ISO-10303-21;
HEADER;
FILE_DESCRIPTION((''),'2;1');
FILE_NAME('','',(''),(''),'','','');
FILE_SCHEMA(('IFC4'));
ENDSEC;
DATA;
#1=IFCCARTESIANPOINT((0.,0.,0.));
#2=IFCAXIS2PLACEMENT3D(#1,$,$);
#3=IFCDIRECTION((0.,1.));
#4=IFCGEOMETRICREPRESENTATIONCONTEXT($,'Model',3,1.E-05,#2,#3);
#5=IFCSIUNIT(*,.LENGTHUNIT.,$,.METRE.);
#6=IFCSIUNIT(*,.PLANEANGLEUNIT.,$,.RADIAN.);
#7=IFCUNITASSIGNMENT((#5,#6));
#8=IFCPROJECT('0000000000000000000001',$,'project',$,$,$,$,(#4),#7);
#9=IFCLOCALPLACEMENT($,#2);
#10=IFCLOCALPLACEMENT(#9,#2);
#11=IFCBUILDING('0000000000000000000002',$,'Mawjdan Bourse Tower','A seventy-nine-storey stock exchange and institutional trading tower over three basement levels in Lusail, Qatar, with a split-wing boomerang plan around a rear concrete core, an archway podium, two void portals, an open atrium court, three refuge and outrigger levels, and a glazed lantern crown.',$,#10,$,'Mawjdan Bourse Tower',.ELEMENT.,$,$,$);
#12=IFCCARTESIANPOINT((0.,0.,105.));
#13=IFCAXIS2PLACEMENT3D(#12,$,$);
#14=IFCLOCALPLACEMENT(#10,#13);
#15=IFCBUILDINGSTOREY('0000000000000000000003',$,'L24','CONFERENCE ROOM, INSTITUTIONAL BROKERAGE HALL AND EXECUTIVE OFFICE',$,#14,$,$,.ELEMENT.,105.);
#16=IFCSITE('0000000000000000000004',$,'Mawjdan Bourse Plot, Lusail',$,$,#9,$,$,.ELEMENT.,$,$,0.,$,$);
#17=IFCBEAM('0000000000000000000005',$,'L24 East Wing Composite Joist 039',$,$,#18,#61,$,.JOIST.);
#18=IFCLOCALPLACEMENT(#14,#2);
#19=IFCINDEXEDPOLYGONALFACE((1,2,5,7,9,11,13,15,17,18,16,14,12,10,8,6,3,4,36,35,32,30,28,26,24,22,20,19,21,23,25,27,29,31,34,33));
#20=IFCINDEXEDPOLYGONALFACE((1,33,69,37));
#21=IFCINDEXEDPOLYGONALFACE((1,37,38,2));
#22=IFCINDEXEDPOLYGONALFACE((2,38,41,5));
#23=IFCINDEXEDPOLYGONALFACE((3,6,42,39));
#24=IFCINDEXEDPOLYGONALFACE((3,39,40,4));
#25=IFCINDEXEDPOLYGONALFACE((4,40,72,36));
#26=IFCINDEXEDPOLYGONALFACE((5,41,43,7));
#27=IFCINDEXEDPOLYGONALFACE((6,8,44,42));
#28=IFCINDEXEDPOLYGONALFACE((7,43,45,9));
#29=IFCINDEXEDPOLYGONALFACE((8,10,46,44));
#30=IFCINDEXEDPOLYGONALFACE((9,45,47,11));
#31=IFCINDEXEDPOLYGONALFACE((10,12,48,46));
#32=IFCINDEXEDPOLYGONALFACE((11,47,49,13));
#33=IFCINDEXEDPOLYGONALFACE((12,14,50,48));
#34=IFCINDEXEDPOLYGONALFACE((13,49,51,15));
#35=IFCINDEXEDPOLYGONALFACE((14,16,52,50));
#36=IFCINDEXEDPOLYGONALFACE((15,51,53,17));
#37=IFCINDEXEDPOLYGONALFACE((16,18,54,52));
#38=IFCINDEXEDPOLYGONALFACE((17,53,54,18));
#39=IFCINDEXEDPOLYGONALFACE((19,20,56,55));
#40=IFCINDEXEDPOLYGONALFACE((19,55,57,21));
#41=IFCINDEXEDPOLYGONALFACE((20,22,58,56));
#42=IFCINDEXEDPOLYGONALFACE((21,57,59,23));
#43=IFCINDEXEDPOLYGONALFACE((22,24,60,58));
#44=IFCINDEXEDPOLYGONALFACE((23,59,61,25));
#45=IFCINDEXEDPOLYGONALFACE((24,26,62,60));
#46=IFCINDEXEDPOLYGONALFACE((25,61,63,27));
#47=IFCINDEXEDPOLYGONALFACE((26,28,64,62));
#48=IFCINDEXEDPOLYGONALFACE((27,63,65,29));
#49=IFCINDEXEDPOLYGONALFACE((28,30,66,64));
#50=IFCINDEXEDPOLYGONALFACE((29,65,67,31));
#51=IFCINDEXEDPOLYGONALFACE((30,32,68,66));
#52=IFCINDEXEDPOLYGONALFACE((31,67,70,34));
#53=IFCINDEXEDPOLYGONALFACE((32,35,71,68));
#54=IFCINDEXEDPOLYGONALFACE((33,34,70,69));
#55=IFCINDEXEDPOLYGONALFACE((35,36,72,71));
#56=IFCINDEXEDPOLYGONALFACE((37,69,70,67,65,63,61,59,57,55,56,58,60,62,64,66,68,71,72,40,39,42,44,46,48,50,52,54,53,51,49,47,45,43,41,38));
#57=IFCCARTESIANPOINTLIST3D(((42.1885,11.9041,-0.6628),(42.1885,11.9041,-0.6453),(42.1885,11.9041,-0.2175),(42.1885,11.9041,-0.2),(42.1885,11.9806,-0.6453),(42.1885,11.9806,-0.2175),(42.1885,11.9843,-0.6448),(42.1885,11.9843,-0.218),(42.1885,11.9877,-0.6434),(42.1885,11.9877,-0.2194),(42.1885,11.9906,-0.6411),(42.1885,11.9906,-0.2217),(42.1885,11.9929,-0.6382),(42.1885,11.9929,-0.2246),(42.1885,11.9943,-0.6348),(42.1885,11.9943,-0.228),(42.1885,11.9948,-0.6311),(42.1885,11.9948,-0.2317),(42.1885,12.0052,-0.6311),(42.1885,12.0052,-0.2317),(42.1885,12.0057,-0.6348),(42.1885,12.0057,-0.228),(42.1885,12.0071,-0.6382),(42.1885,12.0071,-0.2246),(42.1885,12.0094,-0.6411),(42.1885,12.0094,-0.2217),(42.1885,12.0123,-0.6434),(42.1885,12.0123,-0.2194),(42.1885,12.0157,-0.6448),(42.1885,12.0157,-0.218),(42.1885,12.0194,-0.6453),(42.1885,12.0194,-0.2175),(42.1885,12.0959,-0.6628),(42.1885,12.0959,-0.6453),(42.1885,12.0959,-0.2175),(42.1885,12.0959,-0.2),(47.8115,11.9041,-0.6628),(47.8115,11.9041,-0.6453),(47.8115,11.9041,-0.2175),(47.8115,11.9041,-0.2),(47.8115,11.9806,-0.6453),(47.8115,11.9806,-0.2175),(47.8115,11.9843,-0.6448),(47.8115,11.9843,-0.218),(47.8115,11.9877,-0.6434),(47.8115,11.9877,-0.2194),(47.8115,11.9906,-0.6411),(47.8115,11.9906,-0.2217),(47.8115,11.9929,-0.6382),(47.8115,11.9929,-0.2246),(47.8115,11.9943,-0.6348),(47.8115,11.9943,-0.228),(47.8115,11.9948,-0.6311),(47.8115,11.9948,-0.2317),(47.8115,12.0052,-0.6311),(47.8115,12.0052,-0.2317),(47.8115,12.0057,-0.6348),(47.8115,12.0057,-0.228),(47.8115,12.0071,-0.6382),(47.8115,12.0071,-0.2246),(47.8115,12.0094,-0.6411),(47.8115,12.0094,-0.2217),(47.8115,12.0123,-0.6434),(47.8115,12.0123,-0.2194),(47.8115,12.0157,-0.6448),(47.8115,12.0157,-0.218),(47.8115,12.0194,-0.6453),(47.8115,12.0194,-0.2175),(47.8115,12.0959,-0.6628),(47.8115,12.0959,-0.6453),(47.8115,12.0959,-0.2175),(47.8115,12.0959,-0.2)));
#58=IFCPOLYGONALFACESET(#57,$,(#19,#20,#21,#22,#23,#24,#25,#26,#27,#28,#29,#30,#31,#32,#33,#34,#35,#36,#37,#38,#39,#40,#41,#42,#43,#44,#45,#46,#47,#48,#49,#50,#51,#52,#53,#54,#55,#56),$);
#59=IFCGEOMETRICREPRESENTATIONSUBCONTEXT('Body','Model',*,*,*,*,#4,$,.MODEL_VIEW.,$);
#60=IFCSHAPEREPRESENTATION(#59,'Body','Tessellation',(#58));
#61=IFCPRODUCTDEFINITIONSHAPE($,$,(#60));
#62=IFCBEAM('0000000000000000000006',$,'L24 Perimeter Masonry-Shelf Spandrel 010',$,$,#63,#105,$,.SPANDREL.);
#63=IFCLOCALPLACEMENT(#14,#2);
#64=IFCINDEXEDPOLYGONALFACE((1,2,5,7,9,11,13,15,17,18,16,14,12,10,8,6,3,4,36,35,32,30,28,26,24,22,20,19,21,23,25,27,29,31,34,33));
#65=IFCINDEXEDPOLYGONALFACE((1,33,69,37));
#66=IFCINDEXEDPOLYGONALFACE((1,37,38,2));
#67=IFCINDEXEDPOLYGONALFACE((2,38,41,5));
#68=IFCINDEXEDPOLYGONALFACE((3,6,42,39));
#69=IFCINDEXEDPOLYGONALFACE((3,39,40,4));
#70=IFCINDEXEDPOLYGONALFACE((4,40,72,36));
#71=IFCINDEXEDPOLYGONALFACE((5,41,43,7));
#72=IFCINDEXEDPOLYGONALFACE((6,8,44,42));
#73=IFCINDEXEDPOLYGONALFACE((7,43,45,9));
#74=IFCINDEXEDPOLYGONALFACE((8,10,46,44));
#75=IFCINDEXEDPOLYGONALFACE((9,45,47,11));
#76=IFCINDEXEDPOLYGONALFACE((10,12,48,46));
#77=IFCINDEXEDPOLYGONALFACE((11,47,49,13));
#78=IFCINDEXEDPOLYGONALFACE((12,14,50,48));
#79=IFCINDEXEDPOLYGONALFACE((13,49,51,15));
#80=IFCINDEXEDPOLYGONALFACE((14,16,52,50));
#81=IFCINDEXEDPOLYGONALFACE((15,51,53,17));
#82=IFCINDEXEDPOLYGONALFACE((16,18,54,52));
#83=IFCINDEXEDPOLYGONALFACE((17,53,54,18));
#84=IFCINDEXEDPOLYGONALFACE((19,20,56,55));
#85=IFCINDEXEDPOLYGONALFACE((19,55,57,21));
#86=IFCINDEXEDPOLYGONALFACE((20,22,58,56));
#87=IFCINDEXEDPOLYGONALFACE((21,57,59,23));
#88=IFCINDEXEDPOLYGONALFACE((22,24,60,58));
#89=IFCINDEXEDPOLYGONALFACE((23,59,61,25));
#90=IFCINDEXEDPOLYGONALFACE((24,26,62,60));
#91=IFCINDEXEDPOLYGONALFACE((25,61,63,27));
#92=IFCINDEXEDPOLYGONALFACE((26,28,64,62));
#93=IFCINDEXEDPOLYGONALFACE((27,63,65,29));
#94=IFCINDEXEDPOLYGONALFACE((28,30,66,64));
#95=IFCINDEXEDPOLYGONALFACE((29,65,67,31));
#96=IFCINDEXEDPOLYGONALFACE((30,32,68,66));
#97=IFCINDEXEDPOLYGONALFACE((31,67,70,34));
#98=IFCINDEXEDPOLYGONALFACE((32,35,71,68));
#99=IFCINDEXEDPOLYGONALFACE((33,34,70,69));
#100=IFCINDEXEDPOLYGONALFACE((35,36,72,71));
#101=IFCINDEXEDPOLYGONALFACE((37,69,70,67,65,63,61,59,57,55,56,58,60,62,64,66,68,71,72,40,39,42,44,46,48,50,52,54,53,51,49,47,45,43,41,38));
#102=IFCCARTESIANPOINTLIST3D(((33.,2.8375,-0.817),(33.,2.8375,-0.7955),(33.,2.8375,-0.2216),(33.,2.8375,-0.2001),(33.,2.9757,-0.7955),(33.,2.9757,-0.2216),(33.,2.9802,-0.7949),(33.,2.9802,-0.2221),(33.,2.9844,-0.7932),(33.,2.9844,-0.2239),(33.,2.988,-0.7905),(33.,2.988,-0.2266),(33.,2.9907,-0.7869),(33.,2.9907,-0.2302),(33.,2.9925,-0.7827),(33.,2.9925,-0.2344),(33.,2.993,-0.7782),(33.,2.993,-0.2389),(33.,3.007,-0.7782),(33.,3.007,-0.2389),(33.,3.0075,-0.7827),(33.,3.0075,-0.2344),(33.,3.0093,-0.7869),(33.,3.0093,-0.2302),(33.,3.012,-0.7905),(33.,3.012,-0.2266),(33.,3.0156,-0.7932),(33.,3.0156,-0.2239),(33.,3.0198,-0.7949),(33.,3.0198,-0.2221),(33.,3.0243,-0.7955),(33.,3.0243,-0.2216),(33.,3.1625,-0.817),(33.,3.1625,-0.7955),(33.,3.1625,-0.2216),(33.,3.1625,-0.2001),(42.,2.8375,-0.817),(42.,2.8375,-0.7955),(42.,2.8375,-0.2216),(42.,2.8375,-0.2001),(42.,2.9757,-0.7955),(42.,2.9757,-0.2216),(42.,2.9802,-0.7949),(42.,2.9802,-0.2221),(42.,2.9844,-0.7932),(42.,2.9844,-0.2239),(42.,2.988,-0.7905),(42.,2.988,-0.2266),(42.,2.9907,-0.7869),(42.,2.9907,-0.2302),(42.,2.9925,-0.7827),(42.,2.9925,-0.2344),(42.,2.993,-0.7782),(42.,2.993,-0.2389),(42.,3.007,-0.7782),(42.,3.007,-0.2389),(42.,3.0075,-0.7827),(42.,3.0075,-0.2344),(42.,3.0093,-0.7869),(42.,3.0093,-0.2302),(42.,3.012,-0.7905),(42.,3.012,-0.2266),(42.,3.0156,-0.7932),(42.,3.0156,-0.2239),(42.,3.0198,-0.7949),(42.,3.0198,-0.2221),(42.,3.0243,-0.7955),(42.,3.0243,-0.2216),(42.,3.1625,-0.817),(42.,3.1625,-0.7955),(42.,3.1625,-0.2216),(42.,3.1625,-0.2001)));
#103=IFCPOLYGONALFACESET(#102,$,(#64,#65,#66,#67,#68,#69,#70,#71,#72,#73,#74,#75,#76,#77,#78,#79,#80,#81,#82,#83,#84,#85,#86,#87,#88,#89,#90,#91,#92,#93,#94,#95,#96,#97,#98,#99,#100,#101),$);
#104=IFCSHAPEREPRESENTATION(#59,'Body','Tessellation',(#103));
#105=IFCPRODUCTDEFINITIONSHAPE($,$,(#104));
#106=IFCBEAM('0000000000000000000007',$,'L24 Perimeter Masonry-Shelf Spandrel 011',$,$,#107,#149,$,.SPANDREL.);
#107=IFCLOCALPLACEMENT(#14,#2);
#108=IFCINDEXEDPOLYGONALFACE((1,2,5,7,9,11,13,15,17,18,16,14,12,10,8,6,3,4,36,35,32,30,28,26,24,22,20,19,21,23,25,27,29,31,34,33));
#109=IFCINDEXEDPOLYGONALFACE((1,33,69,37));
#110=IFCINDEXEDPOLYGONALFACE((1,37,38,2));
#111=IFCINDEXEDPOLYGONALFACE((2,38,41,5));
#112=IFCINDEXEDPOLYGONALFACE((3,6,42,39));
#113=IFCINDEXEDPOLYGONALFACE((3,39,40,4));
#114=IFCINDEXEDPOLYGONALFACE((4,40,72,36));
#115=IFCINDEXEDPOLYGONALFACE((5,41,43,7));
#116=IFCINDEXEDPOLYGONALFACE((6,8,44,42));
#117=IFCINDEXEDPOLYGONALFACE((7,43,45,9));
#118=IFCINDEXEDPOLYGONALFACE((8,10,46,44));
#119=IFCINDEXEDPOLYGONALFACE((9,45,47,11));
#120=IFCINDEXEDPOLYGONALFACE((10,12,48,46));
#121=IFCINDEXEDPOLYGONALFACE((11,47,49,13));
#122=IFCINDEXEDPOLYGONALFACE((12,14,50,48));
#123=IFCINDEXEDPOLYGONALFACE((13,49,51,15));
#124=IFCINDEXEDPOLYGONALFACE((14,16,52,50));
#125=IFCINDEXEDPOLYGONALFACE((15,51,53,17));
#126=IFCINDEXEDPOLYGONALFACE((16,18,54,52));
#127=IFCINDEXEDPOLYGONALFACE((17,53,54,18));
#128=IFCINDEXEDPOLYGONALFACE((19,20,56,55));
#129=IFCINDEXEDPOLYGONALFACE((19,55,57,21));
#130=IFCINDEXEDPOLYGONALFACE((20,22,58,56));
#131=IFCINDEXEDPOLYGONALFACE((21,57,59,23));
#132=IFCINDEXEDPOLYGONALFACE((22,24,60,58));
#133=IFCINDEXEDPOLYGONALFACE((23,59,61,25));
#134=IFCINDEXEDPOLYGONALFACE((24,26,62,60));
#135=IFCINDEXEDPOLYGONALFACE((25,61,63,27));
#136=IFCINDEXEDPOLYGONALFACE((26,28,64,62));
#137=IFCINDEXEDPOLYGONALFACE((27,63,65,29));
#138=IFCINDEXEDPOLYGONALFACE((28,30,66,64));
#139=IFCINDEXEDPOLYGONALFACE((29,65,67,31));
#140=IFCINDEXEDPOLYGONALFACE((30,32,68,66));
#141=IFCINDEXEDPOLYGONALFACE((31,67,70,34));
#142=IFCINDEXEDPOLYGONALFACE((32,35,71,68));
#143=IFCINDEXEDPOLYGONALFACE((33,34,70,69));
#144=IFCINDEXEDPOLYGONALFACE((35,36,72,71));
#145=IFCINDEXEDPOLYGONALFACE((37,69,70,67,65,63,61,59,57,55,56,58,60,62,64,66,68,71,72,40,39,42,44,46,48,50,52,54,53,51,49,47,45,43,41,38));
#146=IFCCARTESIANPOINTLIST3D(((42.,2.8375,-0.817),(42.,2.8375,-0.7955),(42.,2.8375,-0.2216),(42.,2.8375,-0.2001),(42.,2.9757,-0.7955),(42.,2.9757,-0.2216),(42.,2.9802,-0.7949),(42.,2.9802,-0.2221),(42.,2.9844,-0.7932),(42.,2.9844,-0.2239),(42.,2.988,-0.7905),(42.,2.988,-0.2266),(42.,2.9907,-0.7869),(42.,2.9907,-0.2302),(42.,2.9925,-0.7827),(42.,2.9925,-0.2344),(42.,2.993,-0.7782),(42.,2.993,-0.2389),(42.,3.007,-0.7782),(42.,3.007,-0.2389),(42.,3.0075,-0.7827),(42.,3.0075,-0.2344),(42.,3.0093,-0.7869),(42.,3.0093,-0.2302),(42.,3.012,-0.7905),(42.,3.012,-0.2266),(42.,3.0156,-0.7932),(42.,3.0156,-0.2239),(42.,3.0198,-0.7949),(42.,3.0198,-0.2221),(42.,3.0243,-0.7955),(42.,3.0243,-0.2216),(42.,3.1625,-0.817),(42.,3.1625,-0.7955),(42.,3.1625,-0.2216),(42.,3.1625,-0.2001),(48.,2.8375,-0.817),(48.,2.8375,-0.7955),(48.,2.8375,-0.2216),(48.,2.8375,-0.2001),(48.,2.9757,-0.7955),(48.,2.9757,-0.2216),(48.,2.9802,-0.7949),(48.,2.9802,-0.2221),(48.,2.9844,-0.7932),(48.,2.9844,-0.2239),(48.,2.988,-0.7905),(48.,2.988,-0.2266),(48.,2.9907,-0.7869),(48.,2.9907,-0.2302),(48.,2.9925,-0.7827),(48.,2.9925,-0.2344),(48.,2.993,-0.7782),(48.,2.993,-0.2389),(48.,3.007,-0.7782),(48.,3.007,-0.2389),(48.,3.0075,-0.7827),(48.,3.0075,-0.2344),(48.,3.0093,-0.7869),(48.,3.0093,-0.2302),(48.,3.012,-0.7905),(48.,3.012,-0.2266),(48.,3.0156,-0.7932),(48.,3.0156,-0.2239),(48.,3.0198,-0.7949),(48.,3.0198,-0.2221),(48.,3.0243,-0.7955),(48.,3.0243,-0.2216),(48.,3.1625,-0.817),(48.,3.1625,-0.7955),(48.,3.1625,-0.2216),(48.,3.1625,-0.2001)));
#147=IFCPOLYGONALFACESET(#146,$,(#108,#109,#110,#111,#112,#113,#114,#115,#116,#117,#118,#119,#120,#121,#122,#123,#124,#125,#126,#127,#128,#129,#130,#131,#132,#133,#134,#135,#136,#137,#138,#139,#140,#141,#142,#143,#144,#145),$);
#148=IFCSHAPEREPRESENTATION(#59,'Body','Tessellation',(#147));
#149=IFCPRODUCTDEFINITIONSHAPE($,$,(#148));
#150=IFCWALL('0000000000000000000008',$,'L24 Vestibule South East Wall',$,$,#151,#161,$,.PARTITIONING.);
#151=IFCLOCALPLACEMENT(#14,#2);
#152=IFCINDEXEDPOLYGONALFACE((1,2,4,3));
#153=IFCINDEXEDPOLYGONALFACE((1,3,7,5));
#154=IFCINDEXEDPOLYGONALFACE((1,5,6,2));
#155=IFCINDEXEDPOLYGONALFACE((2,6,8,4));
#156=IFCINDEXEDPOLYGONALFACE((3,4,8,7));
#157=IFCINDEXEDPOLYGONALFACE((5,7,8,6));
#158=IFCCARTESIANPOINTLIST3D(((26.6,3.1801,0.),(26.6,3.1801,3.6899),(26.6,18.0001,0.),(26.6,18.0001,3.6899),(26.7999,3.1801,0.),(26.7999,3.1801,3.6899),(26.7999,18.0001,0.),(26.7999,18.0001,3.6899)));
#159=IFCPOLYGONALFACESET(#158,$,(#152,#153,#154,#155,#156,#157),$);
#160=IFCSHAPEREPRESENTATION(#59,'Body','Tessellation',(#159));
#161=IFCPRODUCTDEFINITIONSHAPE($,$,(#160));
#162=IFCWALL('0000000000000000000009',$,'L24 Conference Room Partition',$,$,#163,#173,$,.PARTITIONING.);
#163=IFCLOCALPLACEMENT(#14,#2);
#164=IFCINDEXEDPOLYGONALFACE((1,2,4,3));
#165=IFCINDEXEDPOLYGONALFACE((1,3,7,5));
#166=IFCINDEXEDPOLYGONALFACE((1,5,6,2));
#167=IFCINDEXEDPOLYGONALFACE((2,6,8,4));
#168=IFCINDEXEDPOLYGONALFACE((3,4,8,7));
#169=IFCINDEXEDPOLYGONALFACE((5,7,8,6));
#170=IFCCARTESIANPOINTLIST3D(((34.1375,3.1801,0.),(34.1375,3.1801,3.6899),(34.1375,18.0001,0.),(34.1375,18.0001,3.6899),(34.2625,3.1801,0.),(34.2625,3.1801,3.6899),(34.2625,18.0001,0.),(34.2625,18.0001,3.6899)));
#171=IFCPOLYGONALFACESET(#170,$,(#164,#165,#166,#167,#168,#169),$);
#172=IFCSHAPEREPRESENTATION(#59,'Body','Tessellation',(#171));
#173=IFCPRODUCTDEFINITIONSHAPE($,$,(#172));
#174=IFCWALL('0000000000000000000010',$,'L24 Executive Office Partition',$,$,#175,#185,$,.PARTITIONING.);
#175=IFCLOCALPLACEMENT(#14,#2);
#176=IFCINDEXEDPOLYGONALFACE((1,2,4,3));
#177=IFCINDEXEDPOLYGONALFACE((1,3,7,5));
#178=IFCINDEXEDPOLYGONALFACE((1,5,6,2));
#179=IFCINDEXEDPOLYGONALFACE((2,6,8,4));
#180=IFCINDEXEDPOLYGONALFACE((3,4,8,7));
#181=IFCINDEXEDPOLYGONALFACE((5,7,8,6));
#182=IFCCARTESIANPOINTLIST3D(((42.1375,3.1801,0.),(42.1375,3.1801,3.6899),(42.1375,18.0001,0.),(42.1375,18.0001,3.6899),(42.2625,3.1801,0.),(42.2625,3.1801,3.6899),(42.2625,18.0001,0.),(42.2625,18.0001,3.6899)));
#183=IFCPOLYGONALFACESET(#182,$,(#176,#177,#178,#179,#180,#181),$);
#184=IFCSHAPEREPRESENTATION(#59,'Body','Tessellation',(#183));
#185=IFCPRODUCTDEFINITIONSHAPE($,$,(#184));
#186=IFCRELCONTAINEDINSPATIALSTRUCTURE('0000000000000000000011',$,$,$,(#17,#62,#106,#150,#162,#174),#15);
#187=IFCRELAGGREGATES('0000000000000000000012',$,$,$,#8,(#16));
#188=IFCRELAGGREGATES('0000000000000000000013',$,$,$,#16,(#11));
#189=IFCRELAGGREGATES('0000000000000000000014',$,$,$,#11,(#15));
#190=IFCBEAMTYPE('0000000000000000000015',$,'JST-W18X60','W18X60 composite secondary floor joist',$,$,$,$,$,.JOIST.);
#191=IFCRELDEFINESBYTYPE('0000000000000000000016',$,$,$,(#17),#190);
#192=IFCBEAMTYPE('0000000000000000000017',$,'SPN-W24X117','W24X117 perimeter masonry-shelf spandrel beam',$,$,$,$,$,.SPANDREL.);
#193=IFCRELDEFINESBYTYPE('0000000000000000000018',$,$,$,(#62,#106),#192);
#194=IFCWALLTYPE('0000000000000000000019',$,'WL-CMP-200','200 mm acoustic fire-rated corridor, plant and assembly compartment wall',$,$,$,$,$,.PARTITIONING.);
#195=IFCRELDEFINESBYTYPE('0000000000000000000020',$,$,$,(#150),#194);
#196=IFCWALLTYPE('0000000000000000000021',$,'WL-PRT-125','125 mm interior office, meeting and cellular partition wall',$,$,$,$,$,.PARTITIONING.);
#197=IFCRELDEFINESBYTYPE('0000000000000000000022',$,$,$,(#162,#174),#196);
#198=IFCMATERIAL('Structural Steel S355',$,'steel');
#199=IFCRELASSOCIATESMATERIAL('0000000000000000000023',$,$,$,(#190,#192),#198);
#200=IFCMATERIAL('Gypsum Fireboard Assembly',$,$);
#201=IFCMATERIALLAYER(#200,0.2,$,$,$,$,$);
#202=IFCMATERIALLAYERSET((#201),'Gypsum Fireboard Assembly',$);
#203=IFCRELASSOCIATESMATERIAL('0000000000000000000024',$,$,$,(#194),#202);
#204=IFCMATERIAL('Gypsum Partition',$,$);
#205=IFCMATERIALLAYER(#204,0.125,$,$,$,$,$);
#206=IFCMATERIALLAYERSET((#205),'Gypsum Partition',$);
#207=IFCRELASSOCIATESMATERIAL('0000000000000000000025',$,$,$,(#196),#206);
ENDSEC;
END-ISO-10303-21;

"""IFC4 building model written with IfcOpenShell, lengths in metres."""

from ifc_helpers import new_model, si_unit, direction, frame, frame_2d, origin, origin_2d, place, context, subcontext, project, spatial, rectangle, i_section, extrude, material, layer, layer_set, material_profile, profile_set, type_object, element, save


model = new_model("IFC4")

# Units and contexts
model_context = context("Model", 3, precision=1e-05, world=origin(), true_north=direction((0.0, 1.0)))
body_context = subcontext(model_context, "Body", "Model", "MODEL_VIEW")
ifc_project = project(units=[si_unit("LENGTHUNIT", "METRE"), si_unit("PLANEANGLEUNIT", "RADIAN")], contexts=[model_context])

# Site, building, storey
site_placement = place(None, origin())
site = spatial("IfcSite", under=ifc_project, at=site_placement, Name="Mawjdan Bourse Plot, Lusail", CompositionType="ELEMENT", RefElevation=0.0)
building_placement = place(site_placement, origin())
building = spatial("IfcBuilding", under=site, at=building_placement, Name="Mawjdan Bourse Tower", Description="A seventy-nine-storey stock exchange and institutional trading tower over three basement levels in Lusail, Qatar, with a split-wing boomerang plan around a rear concrete core, an archway podium, two void portals, an open atrium court, three refuge and outrigger levels, and a glazed lantern crown.", LongName="Mawjdan Bourse Tower", CompositionType="ELEMENT")
storey_placement = place(building_placement, frame((0.0, 0.0, 105.0)))
storey = spatial("IfcBuildingStorey", under=building, at=storey_placement, Name="L24", Description="CONFERENCE ROOM, INSTITUTIONAL BROKERAGE HALL AND EXECUTIVE OFFICE", CompositionType="ELEMENT", Elevation=105.0)

# Beams
ifc_material_1 = material(Name="Structural Steel S355", Category="steel")
ifc_material_profile_1 = material_profile(ifc_material_1, i_section(OverallWidth=0.1919, OverallDepth=0.4629, WebThickness=0.0105, FlangeThickness=0.0176, FilletRadius=0.0142, at=origin_2d()), Name="W18X60")
ifc_profile_set_1 = profile_set([ifc_material_profile_1], Name="Structural Steel S355")
beam_type_1 = type_object("IfcBeamType", Name="JST-W18X60", Description="W18X60 composite secondary floor joist", PredefinedType="JOIST", material=ifc_profile_set_1)
beam_1_placement = place(storey_placement, frame((42.1885, 12.0, -0.4314), z_axis=(1.0, 0.0, 0.0), x_axis=(0.0, 1.0, 0.0)))
element("IfcBeam", 1, at=beam_1_placement, inside=storey, type_object=beam_type_1, Name="L24 East Wing Composite Joist 039", PredefinedType="JOIST", context=body_context, shape_type="SweptSolid", body=[
    extrude(i_section(OverallWidth=0.1919, OverallDepth=0.4629, WebThickness=0.0105, FlangeThickness=0.0176, FilletRadius=0.0142, at=origin_2d()), origin(), (0.0, 0.0, 1.0), 5.623),
])
ifc_material_profile_2 = material_profile(ifc_material_1, i_section(OverallWidth=0.325, OverallDepth=0.6169, WebThickness=0.0139, FlangeThickness=0.0215, FilletRadius=0.0173, at=origin_2d()), Name="W24X117")
ifc_profile_set_2 = profile_set([ifc_material_profile_2], Name="Structural Steel S355")
beam_type_2 = type_object("IfcBeamType", Name="SPN-W24X117", Description="W24X117 perimeter masonry-shelf spandrel beam", PredefinedType="SPANDREL", material=ifc_profile_set_2)
beam_2_placement = place(storey_placement, frame((33.0, 3.0, -0.5085), z_axis=(1.0, 0.0, 0.0), x_axis=(0.0, 1.0, 0.0)))
element("IfcBeam", 2, at=beam_2_placement, inside=storey, type_object=beam_type_2, Name="L24 Perimeter Masonry-Shelf Spandrel 010", PredefinedType="SPANDREL", context=body_context, shape_type="SweptSolid", body=[
    extrude(i_section(OverallWidth=0.325, OverallDepth=0.6169, WebThickness=0.0139, FlangeThickness=0.0215, FilletRadius=0.0173, at=origin_2d()), origin(), (0.0, 0.0, 1.0), 9.0),
])
beam_3_placement = place(storey_placement, frame((42.0, 3.0, -0.5085), z_axis=(1.0, 0.0, 0.0), x_axis=(0.0, 1.0, 0.0)))
element("IfcBeam", 3, at=beam_3_placement, inside=storey, type_object=beam_type_2, Name="L24 Perimeter Masonry-Shelf Spandrel 011", PredefinedType="SPANDREL", context=body_context, shape_type="SweptSolid", body=[
    extrude(i_section(OverallWidth=0.325, OverallDepth=0.6169, WebThickness=0.0139, FlangeThickness=0.0215, FilletRadius=0.0173, at=origin_2d()), origin(), (0.0, 0.0, 1.0), 6.0),
])

# Walls
ifc_material_2 = material(Name="Gypsum Fireboard Assembly")
ifc_layer_1 = layer(ifc_material_2, 0.2)
ifc_layer_set_1 = layer_set([ifc_layer_1], Name="Gypsum Fireboard Assembly")
wall_type_1 = type_object("IfcWallType", Name="WL-CMP-200", Description="200 mm acoustic fire-rated corridor, plant and assembly compartment wall", PredefinedType="PARTITIONING", material=ifc_layer_set_1)
wall_placement = place(storey_placement, frame((26.7, 3.1799, 0.0), z_axis=(0.0, 0.0, 1.0), x_axis=(0.0, 1.0, 0.0)))
element("IfcWall", 4, at=wall_placement, inside=storey, type_object=wall_type_1, Name="L24 Vestibule South East Wall", PredefinedType="PARTITIONING", context=body_context, shape_type="SweptSolid", body=[
    extrude(rectangle(XDim=14.8201, YDim=0.2, at=frame_2d((7.4102, 0.0))), origin(), (0.0, 0.0, 1.0), 3.6899),
])
ifc_material_3 = material(Name="Gypsum Partition")
ifc_layer_2 = layer(ifc_material_3, 0.125)
ifc_layer_set_2 = layer_set([ifc_layer_2], Name="Gypsum Partition")
wall_type_2 = type_object("IfcWallType", Name="WL-PRT-125", Description="125 mm interior office, meeting and cellular partition wall", PredefinedType="PARTITIONING", material=ifc_layer_set_2)
for number, where, z_axis, x_axis, name in (
    (5, (34.2, 3.1799, 0.0), (0.0, 0.0, 1.0), (0.0, 1.0, 0.0), "L24 Conference Room Partition"),
    (6, (42.2, 3.1799, 0.0), (0.0, 0.0, 1.0), (0.0, 1.0, 0.0), "L24 Executive Office Partition"),
):
    element("IfcWall", number, at=place(storey_placement, frame(where, z_axis=z_axis, x_axis=x_axis)), inside=storey, type_object=wall_type_2, Name=name, PredefinedType="PARTITIONING", context=body_context, shape_type="SweptSolid", body=[
        extrude(rectangle(XDim=14.8201, YDim=0.125, at=frame_2d((7.4102, 0.0))), origin(), (0.0, 0.0, 1.0), 3.6899),
    ])

save(model, "model.ifc")
